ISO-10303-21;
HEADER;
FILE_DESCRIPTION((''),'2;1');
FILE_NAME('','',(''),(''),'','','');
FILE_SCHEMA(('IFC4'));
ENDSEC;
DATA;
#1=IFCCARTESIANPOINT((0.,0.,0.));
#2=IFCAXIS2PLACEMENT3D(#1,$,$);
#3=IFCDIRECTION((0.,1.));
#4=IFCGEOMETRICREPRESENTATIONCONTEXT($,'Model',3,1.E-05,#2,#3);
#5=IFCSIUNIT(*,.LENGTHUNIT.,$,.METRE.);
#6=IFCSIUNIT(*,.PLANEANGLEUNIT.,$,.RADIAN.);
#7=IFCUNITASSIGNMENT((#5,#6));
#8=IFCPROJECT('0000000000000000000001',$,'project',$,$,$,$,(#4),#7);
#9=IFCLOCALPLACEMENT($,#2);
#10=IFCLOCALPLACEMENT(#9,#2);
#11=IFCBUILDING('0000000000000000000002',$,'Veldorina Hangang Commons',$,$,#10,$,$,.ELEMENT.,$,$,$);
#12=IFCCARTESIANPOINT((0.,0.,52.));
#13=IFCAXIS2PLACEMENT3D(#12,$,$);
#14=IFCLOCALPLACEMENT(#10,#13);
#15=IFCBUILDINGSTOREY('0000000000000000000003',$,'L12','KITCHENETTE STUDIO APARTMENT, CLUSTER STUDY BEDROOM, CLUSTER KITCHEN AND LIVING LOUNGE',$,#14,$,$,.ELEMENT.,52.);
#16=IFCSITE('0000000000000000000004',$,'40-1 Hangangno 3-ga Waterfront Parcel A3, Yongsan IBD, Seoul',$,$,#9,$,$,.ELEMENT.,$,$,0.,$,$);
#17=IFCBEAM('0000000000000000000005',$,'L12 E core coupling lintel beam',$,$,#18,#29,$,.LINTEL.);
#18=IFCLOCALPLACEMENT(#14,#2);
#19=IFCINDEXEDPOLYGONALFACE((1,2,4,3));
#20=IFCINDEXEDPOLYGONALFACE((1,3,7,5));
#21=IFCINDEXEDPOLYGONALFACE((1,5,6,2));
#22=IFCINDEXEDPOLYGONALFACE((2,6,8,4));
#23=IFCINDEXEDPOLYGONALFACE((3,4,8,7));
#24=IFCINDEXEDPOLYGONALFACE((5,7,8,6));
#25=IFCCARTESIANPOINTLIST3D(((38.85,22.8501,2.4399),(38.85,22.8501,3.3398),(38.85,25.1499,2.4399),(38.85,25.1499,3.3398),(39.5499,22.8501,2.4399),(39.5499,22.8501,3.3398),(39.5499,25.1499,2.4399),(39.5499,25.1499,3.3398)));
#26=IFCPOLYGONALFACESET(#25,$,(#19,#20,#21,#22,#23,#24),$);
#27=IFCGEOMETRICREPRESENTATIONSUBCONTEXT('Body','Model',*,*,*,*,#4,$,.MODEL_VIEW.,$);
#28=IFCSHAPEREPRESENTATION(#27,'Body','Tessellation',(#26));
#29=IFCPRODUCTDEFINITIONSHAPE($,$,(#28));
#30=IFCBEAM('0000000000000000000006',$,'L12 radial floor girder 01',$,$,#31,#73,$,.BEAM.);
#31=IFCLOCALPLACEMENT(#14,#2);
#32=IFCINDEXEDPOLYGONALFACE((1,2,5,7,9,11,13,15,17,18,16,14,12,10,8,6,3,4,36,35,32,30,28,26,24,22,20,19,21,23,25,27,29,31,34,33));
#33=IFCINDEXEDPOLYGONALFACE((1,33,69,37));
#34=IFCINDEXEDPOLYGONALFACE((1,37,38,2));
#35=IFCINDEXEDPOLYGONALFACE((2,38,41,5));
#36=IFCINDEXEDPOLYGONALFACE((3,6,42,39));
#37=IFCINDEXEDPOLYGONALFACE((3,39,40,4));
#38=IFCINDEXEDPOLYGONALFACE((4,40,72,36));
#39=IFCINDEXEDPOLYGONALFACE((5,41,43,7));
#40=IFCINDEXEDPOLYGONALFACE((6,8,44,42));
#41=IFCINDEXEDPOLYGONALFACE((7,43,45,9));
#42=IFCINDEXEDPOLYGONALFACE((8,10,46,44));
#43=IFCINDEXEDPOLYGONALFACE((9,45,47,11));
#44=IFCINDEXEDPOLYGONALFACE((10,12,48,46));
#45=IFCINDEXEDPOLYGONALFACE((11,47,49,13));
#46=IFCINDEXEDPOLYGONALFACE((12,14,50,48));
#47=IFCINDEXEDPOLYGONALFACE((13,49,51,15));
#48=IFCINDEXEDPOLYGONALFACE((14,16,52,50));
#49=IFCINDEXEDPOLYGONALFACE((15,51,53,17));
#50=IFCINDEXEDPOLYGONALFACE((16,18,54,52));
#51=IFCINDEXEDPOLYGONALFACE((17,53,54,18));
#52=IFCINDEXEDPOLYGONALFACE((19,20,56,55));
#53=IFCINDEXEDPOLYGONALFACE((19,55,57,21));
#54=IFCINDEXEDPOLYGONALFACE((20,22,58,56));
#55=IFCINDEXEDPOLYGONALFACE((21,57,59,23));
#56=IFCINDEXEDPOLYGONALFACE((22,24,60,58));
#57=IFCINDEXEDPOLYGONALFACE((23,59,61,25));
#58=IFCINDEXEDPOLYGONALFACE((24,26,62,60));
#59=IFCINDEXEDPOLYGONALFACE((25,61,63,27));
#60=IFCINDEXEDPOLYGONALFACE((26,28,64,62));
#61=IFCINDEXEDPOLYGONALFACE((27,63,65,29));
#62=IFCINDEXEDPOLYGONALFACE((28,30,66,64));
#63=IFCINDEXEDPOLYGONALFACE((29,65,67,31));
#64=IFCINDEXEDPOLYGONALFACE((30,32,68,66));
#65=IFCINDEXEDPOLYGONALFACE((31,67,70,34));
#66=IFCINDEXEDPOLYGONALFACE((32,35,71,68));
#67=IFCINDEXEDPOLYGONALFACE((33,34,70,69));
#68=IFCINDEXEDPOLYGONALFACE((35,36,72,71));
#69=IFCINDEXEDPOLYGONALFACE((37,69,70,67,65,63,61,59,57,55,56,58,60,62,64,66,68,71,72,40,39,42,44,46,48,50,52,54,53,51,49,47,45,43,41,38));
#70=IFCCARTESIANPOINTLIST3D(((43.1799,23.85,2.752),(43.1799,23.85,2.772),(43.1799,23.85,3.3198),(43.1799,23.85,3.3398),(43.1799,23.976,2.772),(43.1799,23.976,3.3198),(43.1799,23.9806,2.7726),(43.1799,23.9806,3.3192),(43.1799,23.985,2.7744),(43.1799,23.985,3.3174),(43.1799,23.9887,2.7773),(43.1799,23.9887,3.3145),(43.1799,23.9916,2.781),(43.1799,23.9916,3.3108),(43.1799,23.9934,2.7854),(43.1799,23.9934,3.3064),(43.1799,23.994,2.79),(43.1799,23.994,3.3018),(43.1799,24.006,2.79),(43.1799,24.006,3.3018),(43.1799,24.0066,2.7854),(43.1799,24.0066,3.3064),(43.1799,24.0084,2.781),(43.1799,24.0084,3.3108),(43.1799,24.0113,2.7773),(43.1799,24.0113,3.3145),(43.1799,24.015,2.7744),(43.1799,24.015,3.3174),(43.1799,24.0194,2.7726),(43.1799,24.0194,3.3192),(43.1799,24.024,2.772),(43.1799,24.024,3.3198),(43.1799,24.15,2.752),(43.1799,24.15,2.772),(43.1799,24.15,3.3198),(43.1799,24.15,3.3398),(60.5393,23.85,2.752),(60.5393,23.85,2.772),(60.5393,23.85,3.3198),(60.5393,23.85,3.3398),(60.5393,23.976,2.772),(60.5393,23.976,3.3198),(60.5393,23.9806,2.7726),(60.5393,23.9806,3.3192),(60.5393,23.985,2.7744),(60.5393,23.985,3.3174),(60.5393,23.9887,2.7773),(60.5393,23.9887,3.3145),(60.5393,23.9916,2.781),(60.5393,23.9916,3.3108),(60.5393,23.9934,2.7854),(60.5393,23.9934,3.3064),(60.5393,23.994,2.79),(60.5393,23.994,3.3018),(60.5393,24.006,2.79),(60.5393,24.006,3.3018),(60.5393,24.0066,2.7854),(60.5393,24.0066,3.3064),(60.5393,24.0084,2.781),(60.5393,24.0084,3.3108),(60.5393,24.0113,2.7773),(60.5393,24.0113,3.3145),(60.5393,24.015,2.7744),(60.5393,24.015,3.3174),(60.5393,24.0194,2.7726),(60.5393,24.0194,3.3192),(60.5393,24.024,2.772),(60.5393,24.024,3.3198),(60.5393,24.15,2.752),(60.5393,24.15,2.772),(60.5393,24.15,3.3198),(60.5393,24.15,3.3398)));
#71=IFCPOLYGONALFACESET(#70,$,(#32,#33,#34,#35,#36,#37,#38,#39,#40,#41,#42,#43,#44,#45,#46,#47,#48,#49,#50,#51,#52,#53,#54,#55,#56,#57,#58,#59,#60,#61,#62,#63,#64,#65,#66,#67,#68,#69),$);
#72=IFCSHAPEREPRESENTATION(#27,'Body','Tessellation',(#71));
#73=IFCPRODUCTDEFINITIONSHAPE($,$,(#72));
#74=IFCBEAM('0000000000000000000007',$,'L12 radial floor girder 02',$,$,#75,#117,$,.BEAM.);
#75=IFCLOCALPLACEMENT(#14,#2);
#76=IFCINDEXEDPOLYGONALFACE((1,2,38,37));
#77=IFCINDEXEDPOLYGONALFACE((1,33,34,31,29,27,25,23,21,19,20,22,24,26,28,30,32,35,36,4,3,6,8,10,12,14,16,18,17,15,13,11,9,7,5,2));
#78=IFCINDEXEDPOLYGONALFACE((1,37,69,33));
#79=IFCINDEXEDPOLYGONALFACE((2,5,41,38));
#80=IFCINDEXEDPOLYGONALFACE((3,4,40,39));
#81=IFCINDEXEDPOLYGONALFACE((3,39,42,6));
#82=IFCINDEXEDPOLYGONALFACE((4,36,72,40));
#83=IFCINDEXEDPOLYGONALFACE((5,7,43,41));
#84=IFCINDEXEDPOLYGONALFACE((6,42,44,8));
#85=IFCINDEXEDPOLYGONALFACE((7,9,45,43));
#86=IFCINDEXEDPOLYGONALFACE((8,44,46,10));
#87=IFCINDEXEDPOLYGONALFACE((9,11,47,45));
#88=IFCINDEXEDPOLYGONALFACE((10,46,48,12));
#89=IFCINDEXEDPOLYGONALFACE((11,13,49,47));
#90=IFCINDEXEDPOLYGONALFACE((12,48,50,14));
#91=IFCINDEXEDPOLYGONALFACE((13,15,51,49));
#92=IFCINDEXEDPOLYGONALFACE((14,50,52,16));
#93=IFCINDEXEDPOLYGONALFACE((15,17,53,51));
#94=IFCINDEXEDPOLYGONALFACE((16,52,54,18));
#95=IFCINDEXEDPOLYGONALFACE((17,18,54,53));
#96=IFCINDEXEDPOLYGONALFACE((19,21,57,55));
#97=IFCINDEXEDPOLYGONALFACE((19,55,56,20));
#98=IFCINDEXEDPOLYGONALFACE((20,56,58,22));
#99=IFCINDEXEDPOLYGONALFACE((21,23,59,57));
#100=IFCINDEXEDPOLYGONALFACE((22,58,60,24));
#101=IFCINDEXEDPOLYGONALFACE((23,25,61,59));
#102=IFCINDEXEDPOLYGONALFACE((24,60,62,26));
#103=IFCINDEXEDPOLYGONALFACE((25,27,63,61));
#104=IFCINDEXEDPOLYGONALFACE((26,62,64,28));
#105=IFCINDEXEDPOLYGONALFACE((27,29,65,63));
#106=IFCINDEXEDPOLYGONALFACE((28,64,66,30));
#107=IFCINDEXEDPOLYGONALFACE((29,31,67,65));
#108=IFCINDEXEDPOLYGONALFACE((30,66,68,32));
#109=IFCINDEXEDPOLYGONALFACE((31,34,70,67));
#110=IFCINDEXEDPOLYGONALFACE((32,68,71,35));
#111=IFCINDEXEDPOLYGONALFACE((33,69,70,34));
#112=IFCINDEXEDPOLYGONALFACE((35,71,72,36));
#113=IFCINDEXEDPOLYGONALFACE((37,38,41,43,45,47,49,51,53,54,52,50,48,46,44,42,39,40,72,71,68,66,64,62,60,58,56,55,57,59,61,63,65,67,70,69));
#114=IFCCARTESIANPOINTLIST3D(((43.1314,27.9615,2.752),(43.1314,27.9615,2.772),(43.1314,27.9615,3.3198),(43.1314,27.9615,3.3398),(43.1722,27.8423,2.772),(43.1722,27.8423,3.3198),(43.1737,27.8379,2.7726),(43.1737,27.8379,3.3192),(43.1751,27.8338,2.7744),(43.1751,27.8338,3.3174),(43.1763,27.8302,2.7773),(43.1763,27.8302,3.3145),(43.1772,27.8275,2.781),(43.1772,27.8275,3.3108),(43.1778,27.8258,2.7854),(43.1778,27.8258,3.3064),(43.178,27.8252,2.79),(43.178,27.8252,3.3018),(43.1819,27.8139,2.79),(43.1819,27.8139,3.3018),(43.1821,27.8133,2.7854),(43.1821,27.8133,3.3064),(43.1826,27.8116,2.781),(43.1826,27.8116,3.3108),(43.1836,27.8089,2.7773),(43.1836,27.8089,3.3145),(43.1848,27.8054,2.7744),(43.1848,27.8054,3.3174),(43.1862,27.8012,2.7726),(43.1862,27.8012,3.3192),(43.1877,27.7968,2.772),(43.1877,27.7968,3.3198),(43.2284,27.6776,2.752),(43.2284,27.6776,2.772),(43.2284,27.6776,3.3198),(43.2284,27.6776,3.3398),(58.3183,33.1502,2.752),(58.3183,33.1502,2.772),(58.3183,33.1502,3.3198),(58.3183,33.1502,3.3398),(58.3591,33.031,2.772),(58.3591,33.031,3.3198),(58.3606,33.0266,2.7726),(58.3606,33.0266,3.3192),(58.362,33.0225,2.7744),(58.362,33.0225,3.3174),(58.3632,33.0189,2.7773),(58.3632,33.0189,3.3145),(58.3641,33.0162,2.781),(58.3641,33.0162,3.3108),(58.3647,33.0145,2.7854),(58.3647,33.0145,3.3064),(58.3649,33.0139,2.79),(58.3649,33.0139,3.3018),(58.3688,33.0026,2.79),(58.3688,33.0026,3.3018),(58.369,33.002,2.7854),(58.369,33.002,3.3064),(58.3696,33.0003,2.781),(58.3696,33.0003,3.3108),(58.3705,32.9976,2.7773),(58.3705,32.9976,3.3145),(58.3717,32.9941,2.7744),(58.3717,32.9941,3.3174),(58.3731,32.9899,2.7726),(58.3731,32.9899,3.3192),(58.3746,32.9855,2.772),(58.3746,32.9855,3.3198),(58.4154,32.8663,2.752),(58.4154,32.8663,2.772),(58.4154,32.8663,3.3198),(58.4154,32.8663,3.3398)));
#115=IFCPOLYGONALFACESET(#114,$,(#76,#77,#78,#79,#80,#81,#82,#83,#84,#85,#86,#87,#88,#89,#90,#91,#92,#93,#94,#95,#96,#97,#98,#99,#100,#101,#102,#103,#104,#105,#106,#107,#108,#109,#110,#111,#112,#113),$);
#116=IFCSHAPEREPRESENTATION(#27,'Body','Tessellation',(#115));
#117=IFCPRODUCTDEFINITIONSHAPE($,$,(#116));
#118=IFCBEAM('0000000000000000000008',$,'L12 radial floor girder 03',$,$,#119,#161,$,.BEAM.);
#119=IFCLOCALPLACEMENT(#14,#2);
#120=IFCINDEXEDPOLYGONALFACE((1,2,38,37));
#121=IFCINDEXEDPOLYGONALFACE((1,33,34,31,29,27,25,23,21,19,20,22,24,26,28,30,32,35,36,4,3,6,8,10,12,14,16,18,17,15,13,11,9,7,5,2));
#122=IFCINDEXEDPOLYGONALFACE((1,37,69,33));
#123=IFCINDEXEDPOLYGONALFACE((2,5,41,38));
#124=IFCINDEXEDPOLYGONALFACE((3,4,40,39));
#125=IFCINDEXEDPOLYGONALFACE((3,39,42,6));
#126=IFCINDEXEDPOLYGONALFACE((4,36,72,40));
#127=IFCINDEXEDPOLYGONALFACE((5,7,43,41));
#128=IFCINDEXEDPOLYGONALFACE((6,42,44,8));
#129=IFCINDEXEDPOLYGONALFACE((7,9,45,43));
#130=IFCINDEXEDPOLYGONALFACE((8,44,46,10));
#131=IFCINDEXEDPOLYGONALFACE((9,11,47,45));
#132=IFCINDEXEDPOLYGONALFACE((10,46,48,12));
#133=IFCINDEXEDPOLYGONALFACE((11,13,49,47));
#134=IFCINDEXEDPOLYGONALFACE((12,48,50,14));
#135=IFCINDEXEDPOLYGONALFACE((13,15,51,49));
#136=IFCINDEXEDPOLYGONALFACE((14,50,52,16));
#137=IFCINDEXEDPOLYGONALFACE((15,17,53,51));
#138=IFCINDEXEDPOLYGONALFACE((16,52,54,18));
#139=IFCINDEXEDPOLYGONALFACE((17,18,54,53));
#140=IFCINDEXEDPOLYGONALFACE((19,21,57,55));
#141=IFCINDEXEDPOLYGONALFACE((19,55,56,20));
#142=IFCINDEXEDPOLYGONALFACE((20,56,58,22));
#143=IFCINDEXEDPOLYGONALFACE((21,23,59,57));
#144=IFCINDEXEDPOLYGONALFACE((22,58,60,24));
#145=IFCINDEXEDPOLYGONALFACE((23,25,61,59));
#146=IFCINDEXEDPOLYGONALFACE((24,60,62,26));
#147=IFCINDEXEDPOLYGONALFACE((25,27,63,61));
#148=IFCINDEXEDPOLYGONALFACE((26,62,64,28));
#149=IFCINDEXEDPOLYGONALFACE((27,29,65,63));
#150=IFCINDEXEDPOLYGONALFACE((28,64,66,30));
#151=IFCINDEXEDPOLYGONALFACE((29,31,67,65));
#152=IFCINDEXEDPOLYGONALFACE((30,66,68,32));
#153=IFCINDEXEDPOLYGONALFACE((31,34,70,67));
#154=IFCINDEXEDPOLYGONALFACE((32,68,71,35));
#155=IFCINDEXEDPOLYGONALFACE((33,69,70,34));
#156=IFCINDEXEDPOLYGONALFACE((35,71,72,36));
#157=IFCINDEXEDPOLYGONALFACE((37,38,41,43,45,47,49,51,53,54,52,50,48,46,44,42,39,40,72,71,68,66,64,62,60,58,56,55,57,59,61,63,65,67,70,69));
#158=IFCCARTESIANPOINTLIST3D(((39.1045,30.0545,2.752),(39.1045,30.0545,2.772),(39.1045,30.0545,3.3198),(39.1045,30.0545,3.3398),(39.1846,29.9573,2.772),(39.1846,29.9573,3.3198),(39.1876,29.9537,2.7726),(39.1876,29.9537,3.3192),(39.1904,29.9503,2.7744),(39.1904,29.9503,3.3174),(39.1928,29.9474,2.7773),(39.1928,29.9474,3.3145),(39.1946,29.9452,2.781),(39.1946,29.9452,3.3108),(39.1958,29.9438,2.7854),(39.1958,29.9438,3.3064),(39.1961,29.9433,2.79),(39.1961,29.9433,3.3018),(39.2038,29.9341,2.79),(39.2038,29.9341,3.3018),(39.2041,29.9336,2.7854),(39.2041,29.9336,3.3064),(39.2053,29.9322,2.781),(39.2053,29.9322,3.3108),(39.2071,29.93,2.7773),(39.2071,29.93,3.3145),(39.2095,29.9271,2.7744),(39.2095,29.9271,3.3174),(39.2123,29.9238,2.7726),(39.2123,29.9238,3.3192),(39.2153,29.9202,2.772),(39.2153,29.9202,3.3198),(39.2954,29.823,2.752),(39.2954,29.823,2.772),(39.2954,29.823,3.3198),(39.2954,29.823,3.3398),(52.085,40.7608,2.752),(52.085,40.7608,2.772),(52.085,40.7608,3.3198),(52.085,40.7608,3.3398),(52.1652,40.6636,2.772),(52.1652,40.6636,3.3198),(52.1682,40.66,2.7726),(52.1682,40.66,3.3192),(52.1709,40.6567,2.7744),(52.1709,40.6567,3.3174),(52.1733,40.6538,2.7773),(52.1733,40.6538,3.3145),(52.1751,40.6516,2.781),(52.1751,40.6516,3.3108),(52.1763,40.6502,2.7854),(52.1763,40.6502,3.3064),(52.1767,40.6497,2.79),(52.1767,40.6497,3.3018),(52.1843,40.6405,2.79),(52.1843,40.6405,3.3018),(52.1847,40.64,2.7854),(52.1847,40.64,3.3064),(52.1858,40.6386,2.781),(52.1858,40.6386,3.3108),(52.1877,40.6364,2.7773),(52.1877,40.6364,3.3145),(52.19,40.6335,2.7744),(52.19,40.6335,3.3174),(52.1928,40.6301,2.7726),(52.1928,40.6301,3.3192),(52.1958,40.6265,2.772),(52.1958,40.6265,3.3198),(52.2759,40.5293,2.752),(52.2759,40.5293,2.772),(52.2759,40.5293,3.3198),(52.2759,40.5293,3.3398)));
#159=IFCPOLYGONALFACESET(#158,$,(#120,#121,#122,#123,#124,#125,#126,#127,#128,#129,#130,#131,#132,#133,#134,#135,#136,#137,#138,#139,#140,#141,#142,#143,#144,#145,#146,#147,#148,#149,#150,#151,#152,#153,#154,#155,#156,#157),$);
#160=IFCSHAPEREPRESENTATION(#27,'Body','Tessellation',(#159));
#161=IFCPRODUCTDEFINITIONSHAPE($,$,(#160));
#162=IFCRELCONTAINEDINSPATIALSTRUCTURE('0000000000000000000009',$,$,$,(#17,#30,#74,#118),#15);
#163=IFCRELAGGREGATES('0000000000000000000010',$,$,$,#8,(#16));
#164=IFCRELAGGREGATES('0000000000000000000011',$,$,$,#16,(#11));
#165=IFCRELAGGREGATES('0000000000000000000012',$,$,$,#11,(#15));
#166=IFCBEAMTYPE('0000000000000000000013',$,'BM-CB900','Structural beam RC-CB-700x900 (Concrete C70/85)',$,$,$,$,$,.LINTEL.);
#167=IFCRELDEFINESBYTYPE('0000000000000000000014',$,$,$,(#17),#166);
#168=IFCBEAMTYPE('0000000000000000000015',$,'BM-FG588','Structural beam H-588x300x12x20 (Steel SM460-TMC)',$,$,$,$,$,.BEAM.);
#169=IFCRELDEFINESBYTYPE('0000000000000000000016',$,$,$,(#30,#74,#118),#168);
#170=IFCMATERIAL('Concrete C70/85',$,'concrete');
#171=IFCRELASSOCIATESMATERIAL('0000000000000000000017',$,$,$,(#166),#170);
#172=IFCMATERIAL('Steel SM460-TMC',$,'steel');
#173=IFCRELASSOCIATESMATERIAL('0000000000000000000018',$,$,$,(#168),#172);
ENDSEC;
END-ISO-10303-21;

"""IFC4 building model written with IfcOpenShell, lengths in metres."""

from ifc_helpers import new_model, si_unit, direction, frame, origin, origin_2d, place, context, subcontext, project, spatial, rectangle, i_section, extrude, material, material_profile, profile_set, type_object, element, save


model = new_model("IFC4")

# Units and contexts
model_context = context("Model", 3, precision=1e-05, world=origin(), true_north=direction((0.0, 1.0)))
body_context = subcontext(model_context, "Body", "Model", "MODEL_VIEW")
ifc_project = project(units=[si_unit("LENGTHUNIT", "METRE"), si_unit("PLANEANGLEUNIT", "RADIAN")], contexts=[model_context])

# Site, building, storey
site_placement = place(None, origin())
site = spatial("IfcSite", under=ifc_project, at=site_placement, Name="40-1 Hangangno 3-ga Waterfront Parcel A3, Yongsan IBD, Seoul", CompositionType="ELEMENT", RefElevation=0.0)
building_placement = place(site_placement, origin())
building = spatial("IfcBuilding", under=site, at=building_placement, Name="Veldorina Hangang Commons", CompositionType="ELEMENT")
storey_placement = place(building_placement, frame((0.0, 0.0, 52.0)))
storey = spatial("IfcBuildingStorey", under=building, at=storey_placement, Name="L12", Description="KITCHENETTE STUDIO APARTMENT, CLUSTER STUDY BEDROOM, CLUSTER KITCHEN AND LIVING LOUNGE", CompositionType="ELEMENT", Elevation=52.0)

# Beams
ifc_material_1 = material(Name="Concrete C70/85", Category="concrete")
ifc_material_profile_1 = material_profile(ifc_material_1, rectangle(XDim=0.7, YDim=0.8999, at=origin_2d()), Name="RC-CB-700x900")
ifc_profile_set_1 = profile_set([ifc_material_profile_1], Name="Concrete C70/85")
beam_type_1 = type_object("IfcBeamType", Name="BM-CB900", Description="Structural beam RC-CB-700x900 (Concrete C70/85)", PredefinedType="LINTEL", material=ifc_profile_set_1)
beam_1_placement = place(storey_placement, frame((39.2, 22.8501, 2.8899), z_axis=(0.0, 1.0, 0.0), x_axis=(-1.0, 0.0, 0.0)))
element("IfcBeam", 1, at=beam_1_placement, inside=storey, type_object=beam_type_1, Name="L12 E core coupling lintel beam", PredefinedType="LINTEL", context=body_context, shape_type="SweptSolid", body=[
    extrude(rectangle(XDim=0.7, YDim=0.8999, at=origin_2d()), origin(), (0.0, 0.0, 1.0), 2.2998),
])
ifc_material_2 = material(Name="Steel SM460-TMC", Category="steel")
ifc_material_profile_2 = material_profile(ifc_material_2, i_section(OverallWidth=0.3, OverallDepth=0.5879, WebThickness=0.012, FlangeThickness=0.02, FilletRadius=0.0181, at=origin_2d()), Name="H-588x300x12x20")
ifc_profile_set_2 = profile_set([ifc_material_profile_2], Name="Steel SM460-TMC")
beam_type_2 = type_object("IfcBeamType", Name="BM-FG588", Description="Structural beam H-588x300x12x20 (Steel SM460-TMC)", PredefinedType="BEAM", material=ifc_profile_set_2)
beam_2_placement = place(storey_placement, frame((43.1799, 24.0, 3.0459), z_axis=(1.0, 0.0, 0.0), x_axis=(0.0, 1.0, 0.0)))
element("IfcBeam", 2, at=beam_2_placement, inside=storey, type_object=beam_type_2, Name="L12 radial floor girder 01", PredefinedType="BEAM", context=body_context, shape_type="SweptSolid", body=[
    extrude(i_section(OverallWidth=0.3, OverallDepth=0.5879, WebThickness=0.012, FlangeThickness=0.02, FilletRadius=0.0181, at=origin_2d()), origin(), (0.0, 0.0, 1.0), 17.3594),
])
beam_3_placement = place(storey_placement, frame((43.1799, 27.8196, 3.0459), z_axis=(0.946294, 0.323306, 0.0), x_axis=(-0.323306, 0.946294, 0.0)))
element("IfcBeam", 3, at=beam_3_placement, inside=storey, type_object=beam_type_2, Name="L12 radial floor girder 02", PredefinedType="BEAM", context=body_context, shape_type="SweptSolid", body=[
    extrude(i_section(OverallWidth=0.3, OverallDepth=0.5879, WebThickness=0.012, FlangeThickness=0.02, FilletRadius=0.0181, at=origin_2d()), origin(), (0.0, 0.0, 1.0), 16.0488),
])
beam_4_placement = place(storey_placement, frame((39.2, 29.9387, 3.0459), z_axis=(0.771449, 0.636291, 0.0), x_axis=(-0.636291, 0.771449, 0.0)))
element("IfcBeam", 4, at=beam_4_placement, inside=storey, type_object=beam_type_2, Name="L12 radial floor girder 03", PredefinedType="BEAM", context=body_context, shape_type="SweptSolid", body=[
    extrude(i_section(OverallWidth=0.3, OverallDepth=0.5879, WebThickness=0.012, FlangeThickness=0.02, FilletRadius=0.0181, at=origin_2d()), origin(), (0.0, 0.0, 1.0), 16.8262),
])

save(model, "model.ifc")
